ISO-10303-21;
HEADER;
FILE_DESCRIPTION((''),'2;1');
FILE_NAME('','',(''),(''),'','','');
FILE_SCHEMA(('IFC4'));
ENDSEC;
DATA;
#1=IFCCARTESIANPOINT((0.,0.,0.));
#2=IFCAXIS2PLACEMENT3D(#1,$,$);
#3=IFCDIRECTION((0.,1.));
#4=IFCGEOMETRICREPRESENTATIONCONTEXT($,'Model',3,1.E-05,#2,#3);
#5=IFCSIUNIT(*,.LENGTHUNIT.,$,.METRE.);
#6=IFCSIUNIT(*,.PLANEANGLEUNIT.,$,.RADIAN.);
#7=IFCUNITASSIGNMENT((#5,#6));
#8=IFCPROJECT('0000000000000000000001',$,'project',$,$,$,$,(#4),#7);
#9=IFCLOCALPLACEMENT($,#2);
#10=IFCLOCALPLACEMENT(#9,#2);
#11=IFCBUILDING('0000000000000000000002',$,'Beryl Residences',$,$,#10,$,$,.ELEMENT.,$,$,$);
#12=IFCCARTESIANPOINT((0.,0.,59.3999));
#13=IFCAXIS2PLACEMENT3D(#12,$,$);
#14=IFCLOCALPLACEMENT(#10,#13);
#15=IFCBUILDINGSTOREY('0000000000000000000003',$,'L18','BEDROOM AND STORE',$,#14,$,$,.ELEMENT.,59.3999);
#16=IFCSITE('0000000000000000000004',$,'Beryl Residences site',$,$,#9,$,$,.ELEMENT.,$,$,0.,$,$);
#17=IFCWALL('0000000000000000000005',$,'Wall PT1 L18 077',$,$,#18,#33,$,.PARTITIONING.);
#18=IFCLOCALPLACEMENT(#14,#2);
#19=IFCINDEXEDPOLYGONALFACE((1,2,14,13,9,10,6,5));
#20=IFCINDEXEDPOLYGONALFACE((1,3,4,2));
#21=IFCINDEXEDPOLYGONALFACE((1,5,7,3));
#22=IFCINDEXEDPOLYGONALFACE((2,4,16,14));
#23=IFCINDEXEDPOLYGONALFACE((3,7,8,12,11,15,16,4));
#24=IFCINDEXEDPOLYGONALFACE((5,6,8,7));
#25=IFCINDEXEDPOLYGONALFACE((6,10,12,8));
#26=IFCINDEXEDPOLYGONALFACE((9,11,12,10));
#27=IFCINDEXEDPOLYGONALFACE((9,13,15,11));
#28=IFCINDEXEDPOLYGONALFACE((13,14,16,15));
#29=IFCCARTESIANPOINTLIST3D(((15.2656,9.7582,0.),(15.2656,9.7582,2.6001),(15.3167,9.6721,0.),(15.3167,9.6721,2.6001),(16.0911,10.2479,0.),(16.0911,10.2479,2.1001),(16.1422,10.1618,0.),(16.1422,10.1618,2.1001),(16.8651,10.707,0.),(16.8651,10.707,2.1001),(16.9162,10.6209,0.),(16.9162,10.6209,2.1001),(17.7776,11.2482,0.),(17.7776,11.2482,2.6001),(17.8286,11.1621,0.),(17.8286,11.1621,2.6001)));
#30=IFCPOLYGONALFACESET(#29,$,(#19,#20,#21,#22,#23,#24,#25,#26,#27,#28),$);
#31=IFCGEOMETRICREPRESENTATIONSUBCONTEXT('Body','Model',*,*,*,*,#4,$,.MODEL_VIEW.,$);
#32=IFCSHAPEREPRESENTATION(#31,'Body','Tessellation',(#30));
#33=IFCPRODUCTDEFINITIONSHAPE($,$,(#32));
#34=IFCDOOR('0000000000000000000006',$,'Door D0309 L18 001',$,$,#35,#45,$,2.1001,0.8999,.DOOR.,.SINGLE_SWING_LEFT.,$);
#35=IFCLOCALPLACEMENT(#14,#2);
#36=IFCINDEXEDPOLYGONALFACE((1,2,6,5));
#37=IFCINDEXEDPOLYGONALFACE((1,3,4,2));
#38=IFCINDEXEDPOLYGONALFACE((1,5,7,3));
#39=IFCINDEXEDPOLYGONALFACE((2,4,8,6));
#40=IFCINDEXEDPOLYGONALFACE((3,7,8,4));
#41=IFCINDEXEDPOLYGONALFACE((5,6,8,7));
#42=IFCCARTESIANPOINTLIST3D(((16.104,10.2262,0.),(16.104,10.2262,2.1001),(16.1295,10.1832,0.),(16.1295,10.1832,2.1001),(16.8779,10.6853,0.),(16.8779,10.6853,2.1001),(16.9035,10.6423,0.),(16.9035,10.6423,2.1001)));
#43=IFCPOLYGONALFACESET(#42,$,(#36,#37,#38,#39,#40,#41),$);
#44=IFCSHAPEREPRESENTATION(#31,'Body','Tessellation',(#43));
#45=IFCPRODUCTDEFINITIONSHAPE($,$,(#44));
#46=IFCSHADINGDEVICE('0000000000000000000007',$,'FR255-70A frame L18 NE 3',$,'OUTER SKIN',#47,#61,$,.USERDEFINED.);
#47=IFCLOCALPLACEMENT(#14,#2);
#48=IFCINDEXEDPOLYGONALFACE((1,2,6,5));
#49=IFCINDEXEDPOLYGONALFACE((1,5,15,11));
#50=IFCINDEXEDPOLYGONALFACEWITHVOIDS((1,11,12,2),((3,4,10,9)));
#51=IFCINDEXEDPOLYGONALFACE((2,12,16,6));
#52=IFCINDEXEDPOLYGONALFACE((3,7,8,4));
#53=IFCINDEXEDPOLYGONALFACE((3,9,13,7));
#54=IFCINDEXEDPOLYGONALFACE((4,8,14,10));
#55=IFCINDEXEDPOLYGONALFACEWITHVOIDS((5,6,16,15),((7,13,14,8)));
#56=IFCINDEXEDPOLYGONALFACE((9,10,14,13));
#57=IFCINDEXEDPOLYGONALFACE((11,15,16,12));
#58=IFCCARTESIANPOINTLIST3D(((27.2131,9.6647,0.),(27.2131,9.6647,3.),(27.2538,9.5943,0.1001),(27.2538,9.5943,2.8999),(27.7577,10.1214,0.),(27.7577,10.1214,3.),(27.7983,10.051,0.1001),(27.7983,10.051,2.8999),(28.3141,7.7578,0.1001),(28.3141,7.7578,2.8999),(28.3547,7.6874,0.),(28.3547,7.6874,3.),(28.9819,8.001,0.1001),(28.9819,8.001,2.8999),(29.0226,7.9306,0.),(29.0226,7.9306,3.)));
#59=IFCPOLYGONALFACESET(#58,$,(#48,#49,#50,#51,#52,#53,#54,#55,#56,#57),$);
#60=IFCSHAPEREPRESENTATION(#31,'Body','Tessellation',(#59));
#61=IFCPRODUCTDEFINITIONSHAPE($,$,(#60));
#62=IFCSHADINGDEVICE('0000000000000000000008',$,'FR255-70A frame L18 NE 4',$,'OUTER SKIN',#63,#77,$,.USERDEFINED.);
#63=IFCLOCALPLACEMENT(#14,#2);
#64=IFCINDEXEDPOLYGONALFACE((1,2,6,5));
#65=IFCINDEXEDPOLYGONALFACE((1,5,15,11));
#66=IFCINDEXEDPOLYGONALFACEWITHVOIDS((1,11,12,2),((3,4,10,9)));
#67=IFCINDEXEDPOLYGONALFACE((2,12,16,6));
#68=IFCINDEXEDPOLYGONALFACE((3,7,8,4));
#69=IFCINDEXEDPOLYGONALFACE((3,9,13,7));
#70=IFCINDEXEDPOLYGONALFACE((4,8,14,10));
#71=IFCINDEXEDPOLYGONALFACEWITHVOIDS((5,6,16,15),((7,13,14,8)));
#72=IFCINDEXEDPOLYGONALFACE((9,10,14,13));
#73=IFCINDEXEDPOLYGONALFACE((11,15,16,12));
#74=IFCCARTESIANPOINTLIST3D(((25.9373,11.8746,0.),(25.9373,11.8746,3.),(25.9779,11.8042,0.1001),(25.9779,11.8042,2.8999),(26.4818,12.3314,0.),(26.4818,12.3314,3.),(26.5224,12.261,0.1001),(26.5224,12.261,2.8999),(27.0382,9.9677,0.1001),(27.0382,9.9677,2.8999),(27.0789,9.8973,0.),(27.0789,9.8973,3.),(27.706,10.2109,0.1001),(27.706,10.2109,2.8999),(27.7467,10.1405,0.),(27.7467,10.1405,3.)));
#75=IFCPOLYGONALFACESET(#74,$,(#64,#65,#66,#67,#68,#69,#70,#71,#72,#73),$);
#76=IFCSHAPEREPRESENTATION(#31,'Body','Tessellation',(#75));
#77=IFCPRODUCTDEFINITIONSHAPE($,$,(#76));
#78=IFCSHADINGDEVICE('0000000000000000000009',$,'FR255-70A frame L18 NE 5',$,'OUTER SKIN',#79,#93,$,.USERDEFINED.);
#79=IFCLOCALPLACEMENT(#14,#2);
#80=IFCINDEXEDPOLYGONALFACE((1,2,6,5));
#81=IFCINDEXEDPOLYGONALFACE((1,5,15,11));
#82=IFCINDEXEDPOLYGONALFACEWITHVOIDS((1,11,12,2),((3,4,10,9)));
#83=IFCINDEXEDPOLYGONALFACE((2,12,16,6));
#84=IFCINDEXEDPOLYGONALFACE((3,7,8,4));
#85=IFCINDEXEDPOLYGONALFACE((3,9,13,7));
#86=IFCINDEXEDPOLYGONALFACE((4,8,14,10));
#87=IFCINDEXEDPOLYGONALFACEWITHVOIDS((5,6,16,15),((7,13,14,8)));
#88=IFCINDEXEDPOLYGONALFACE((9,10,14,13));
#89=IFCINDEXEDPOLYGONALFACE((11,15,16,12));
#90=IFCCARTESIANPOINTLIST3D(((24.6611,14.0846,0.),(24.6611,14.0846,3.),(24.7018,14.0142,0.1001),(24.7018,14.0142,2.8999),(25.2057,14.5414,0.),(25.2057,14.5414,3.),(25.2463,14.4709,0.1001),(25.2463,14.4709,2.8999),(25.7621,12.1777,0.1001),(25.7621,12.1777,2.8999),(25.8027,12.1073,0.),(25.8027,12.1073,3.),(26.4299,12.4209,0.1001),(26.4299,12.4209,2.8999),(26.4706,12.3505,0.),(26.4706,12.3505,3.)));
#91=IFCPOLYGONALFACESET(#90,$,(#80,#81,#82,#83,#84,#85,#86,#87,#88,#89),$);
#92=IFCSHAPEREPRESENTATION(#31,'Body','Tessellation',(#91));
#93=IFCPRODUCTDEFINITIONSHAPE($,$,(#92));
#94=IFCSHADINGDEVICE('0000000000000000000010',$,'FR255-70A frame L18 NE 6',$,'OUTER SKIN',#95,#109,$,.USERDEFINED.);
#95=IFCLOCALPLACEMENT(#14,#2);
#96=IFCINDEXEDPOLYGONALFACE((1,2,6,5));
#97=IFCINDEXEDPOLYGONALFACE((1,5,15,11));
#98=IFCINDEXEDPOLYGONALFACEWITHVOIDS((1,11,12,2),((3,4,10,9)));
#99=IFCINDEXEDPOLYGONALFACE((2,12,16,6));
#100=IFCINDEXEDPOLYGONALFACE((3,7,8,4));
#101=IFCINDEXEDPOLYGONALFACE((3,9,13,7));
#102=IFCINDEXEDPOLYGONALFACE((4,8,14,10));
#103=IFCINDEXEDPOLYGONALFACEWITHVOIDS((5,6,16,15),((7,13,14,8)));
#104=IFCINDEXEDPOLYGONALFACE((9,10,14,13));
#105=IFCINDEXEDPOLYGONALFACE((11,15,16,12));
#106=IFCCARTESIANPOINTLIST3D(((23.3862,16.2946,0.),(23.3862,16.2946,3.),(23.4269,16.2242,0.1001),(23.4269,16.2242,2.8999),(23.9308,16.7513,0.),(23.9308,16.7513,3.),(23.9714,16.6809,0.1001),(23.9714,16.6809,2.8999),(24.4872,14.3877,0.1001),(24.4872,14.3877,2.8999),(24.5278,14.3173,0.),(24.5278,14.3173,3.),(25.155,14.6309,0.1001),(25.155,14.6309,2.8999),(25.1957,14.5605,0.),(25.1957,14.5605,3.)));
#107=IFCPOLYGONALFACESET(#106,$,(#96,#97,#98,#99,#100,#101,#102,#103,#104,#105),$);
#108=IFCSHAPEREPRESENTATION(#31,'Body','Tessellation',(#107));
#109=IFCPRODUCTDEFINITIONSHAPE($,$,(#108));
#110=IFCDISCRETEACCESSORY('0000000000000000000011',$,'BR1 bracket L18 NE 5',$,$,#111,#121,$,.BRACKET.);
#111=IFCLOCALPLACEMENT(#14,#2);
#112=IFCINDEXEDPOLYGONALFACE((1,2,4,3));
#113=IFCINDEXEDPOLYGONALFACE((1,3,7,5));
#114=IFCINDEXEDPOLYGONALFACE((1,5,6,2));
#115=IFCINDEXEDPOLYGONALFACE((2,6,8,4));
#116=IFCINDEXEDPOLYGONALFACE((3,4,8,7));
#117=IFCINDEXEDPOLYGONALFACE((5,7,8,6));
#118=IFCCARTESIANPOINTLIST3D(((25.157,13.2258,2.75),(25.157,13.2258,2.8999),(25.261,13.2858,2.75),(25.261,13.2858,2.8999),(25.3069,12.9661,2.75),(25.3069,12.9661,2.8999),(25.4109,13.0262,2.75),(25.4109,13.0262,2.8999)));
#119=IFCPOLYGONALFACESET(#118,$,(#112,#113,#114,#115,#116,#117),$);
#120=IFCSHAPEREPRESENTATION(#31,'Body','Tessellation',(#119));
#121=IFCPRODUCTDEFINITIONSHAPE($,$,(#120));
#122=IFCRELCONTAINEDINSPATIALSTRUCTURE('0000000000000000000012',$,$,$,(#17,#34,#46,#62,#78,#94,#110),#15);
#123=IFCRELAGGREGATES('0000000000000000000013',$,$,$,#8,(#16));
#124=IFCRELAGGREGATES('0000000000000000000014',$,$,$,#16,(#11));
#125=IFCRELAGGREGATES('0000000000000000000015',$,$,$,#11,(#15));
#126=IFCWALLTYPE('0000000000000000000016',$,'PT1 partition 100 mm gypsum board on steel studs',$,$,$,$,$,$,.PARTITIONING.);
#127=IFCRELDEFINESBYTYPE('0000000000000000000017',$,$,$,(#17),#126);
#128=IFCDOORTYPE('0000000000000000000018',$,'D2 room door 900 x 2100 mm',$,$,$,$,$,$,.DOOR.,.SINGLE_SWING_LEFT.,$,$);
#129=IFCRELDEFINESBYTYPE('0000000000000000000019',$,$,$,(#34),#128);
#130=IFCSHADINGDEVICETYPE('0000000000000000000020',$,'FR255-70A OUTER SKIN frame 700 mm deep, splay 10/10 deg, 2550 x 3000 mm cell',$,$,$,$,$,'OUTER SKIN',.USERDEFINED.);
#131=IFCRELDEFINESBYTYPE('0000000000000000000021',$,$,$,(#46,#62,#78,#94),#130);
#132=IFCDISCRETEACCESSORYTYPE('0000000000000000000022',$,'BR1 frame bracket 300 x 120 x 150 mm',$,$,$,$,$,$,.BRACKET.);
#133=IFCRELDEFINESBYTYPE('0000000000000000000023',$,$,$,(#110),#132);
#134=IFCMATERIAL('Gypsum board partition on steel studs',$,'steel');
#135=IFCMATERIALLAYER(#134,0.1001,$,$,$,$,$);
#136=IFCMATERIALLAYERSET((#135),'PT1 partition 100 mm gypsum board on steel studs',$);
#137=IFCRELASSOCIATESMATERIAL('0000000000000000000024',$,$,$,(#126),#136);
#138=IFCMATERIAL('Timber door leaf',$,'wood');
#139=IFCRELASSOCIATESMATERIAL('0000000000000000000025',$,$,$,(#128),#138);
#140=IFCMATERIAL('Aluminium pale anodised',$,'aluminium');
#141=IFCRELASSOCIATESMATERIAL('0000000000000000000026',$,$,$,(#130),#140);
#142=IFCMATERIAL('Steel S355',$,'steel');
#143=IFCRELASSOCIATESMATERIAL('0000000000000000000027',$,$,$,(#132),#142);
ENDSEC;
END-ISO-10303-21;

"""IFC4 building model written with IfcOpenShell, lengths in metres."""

from ifc_helpers import new_model, entity, si_unit, direction, frame, frame_2d, origin, place, context, subcontext, project, spatial, polyline, rectangle, outline, extrude, source, transform, mapped, material, layer, layer_set, type_object, type_shapes, element, fill, save


model = new_model("IFC4")

# Units and contexts
model_context = context("Model", 3, precision=1e-05, world=origin(), true_north=direction((0.0, 1.0)))
body_context = subcontext(model_context, "Body", "Model", "MODEL_VIEW")
ifc_project = project(units=[si_unit("LENGTHUNIT", "METRE"), si_unit("PLANEANGLEUNIT", "RADIAN")], contexts=[model_context])

# Site, building, storey
site_placement = place(None, origin())
site = spatial("IfcSite", under=ifc_project, at=site_placement, Name="Beryl Residences site", CompositionType="ELEMENT", RefElevation=0.0)
building_placement = place(site_placement, origin())
building = spatial("IfcBuilding", under=site, at=building_placement, Name="Beryl Residences", CompositionType="ELEMENT")
storey_placement = place(building_placement, frame((0.0, 0.0, 59.3999)))
storey = spatial("IfcBuildingStorey", under=building, at=storey_placement, Name="L18", Description="BEDROOM AND STORE", CompositionType="ELEMENT", Elevation=59.3999)

# Shared definitions
ifc_material_1 = material(Name="Gypsum board partition on steel studs", Category="steel")
ifc_layer = layer(ifc_material_1, 0.1001)
ifc_layer_set = layer_set([ifc_layer], Name="PT1 partition 100 mm gypsum board on steel studs")
wall_type = type_object("IfcWallType", Name="PT1 partition 100 mm gypsum board on steel studs", PredefinedType="PARTITIONING", material=ifc_layer_set)

# Shared definitions
ifc_material_2 = material(Name="Timber door leaf", Category="wood")
door_type_1 = type_object("IfcDoorType", Name="D2 room door 900 x 2100 mm", OperationType="SINGLE_SWING_LEFT", PredefinedType="DOOR", material=ifc_material_2)

# Wall, opening, door
wall_1_placement = place(storey_placement, frame((15.291, 9.7151, 0.0), z_axis=(0.0, 0.0, 1.0), x_axis=(0.860078, 0.510162, 0.0)))
wall_1 = element("IfcWall", 1, at=wall_1_placement, inside=storey, type_object=wall_type, Name="Wall PT1 L18 077", PredefinedType="PARTITIONING", context=body_context, shape_type="SweptSolid", body=[
    extrude(rectangle(XDim=2.9207, YDim=0.1001, at=frame_2d((1.4604, 0.0))), origin(), (0.0, 0.0, 1.0), 2.6001),
])
opening_1_placement = place(wall_1_placement, frame((0.96, 0.0, 0.0)))
opening_1 = element("IfcOpeningElement", 2, at=opening_1_placement, cuts=wall_1, PredefinedType="OPENING", context=body_context, shape_type="SweptSolid", body=[
    extrude(rectangle(XDim=0.8999, YDim=2.1001, at=frame_2d((0.45, 1.05))), frame((0.0, 0.0601, 0.0), z_axis=(0.0, -1.0, 0.0), x_axis=(1.0, 0.0, 0.0)), (0.0, 0.0, 1.0), 0.1201),
])
door_1_placement = place(opening_1_placement, origin())
door_1 = element("IfcDoor", 3, at=door_1_placement, inside=storey, type_object=door_type_1, Name="Door D0309 L18 001", OperationType="SINGLE_SWING_LEFT", OverallHeight=2.1001, OverallWidth=0.8999, PredefinedType="DOOR", context=body_context, shape_type="SweptSolid", body=[
    extrude(rectangle(XDim=0.8999, YDim=2.1001, at=frame_2d((0.45, 1.05))), frame((0.0, 0.0249, 0.0), z_axis=(0.0, -1.0, 0.0), x_axis=(1.0, 0.0, 0.0)), (0.0, 0.0, 1.0), 0.05),
])
fill(opening_1, door_1)

# Shading devices
ifc_material_3 = material(Name="Aluminium pale anodised", Category="aluminium")
shading_device_type = type_object("IfcShadingDeviceType", Name="FR255-70A OUTER SKIN frame 700 mm deep, splay 10/10 deg, 2550 x 3000 mm cell", ElementType="OUTER SKIN", PredefinedType="USERDEFINED", material=ifc_material_3)
cartesian_point_1 = entity("IfcCartesianPoint", [-1.1416, 0.0])
cartesian_point_2 = entity("IfcCartesianPoint", [-1.0603, 0.1001])
cartesian_point_3 = entity("IfcCartesianPoint", [-1.2649, 0.0])
cartesian_point_4 = entity("IfcCartesianPoint", [-1.1836, 0.1001])
shared_shape_1 = source(origin(), body_context, "Body", "SweptSolid", [
    entity("IfcExtrudedAreaSolidTapered", entity("IfcArbitraryProfileDefWithVoids", "AREA", None, entity("IfcPolyline", [cartesian_point_1, entity("IfcCartesianPoint", [1.1416, 0.0]), entity("IfcCartesianPoint", [1.1416, 3.0]), entity("IfcCartesianPoint", [-1.1416, 3.0]), cartesian_point_1]), [entity("IfcPolyline", [cartesian_point_2, entity("IfcCartesianPoint", [1.0603, 0.1001]), entity("IfcCartesianPoint", [1.0603, 2.8999]), entity("IfcCartesianPoint", [-1.0603, 2.8999]), cartesian_point_2])]), entity("IfcAxis2Placement3D", entity("IfcCartesianPoint", [0.0, 0.0, 0.0]), entity("IfcDirection", [0.0, 1.0, 0.0]), entity("IfcDirection", [-1.0, 0.0, 0.0])), entity("IfcDirection", [0.0, 0.0, 1.0]), 0.7, entity("IfcArbitraryProfileDefWithVoids", "AREA", None, entity("IfcPolyline", [cartesian_point_3, entity("IfcCartesianPoint", [1.2649, 0.0]), entity("IfcCartesianPoint", [1.2649, 3.0]), entity("IfcCartesianPoint", [-1.2649, 3.0]), cartesian_point_3]), [entity("IfcPolyline", [cartesian_point_4, entity("IfcCartesianPoint", [1.1836, 0.1001]), entity("IfcCartesianPoint", [1.1836, 2.8999]), entity("IfcCartesianPoint", [-1.1836, 2.8999]), cartesian_point_4])])),
])
type_shapes(shading_device_type, [shared_shape_1])
for number, where, z_axis, x_axis, name in (
    (4, (27.7839, 8.676, 0.0), (0.0, 0.0, 1.0), (0.5, -0.866025, 0.0), "FR255-70A frame L18 NE 3"),
    (5, (26.5081, 10.886, 0.0), (0.0, 0.0, 1.0), (0.5, -0.866025, 0.0), "FR255-70A frame L18 NE 4"),
    (6, (25.2319, 13.0959, 0.0), (0.0, 0.0, 1.0), (0.5, -0.866025, 0.0), "FR255-70A frame L18 NE 5"),
    (7, (23.957, 15.3059, 0.0), (0.0, 0.0, 1.0), (0.5, -0.866025, 0.0), "FR255-70A frame L18 NE 6"),
):
    element("IfcShadingDevice", number, at=place(storey_placement, frame(where, z_axis=z_axis, x_axis=x_axis)), inside=storey, type_object=shading_device_type, Name=name, ObjectType="OUTER SKIN", PredefinedType="USERDEFINED", context=body_context, shape_type="MappedRepresentation", body=[
        mapped(shared_shape_1, transform((0.0, 0.0, 0.0))),
    ])

# Discrete accessory
ifc_material_4 = material(Name="Steel S355", Category="steel")
discrete_accessory_type = type_object("IfcDiscreteAccessoryType", Name="BR1 frame bracket 300 x 120 x 150 mm", PredefinedType="BRACKET", material=ifc_material_4)
shared_shape_2 = source(origin(), body_context, "Body", "SweptSolid", [
    extrude(outline(polyline([(-0.1499, 0.0), (0.1499, 0.0), (0.1499, 0.1201), (-0.1499, 0.1201), (-0.1499, 0.0)])), origin(), (0.0, 0.0, 1.0), 0.1499),
])
type_shapes(discrete_accessory_type, [shared_shape_2])
discrete_accessory_placement = place(storey_placement, frame((25.2319, 13.0959, 2.75), z_axis=(0.0, 0.0, 1.0), x_axis=(0.5, -0.866025, 0.0)))
element("IfcDiscreteAccessory", 8, at=discrete_accessory_placement, inside=storey, type_object=discrete_accessory_type, Name="BR1 bracket L18 NE 5", PredefinedType="BRACKET", context=body_context, shape_type="MappedRepresentation", body=[
    mapped(shared_shape_2, transform((0.0, 0.0, 0.0))),
])

save(model, "model.ifc")
